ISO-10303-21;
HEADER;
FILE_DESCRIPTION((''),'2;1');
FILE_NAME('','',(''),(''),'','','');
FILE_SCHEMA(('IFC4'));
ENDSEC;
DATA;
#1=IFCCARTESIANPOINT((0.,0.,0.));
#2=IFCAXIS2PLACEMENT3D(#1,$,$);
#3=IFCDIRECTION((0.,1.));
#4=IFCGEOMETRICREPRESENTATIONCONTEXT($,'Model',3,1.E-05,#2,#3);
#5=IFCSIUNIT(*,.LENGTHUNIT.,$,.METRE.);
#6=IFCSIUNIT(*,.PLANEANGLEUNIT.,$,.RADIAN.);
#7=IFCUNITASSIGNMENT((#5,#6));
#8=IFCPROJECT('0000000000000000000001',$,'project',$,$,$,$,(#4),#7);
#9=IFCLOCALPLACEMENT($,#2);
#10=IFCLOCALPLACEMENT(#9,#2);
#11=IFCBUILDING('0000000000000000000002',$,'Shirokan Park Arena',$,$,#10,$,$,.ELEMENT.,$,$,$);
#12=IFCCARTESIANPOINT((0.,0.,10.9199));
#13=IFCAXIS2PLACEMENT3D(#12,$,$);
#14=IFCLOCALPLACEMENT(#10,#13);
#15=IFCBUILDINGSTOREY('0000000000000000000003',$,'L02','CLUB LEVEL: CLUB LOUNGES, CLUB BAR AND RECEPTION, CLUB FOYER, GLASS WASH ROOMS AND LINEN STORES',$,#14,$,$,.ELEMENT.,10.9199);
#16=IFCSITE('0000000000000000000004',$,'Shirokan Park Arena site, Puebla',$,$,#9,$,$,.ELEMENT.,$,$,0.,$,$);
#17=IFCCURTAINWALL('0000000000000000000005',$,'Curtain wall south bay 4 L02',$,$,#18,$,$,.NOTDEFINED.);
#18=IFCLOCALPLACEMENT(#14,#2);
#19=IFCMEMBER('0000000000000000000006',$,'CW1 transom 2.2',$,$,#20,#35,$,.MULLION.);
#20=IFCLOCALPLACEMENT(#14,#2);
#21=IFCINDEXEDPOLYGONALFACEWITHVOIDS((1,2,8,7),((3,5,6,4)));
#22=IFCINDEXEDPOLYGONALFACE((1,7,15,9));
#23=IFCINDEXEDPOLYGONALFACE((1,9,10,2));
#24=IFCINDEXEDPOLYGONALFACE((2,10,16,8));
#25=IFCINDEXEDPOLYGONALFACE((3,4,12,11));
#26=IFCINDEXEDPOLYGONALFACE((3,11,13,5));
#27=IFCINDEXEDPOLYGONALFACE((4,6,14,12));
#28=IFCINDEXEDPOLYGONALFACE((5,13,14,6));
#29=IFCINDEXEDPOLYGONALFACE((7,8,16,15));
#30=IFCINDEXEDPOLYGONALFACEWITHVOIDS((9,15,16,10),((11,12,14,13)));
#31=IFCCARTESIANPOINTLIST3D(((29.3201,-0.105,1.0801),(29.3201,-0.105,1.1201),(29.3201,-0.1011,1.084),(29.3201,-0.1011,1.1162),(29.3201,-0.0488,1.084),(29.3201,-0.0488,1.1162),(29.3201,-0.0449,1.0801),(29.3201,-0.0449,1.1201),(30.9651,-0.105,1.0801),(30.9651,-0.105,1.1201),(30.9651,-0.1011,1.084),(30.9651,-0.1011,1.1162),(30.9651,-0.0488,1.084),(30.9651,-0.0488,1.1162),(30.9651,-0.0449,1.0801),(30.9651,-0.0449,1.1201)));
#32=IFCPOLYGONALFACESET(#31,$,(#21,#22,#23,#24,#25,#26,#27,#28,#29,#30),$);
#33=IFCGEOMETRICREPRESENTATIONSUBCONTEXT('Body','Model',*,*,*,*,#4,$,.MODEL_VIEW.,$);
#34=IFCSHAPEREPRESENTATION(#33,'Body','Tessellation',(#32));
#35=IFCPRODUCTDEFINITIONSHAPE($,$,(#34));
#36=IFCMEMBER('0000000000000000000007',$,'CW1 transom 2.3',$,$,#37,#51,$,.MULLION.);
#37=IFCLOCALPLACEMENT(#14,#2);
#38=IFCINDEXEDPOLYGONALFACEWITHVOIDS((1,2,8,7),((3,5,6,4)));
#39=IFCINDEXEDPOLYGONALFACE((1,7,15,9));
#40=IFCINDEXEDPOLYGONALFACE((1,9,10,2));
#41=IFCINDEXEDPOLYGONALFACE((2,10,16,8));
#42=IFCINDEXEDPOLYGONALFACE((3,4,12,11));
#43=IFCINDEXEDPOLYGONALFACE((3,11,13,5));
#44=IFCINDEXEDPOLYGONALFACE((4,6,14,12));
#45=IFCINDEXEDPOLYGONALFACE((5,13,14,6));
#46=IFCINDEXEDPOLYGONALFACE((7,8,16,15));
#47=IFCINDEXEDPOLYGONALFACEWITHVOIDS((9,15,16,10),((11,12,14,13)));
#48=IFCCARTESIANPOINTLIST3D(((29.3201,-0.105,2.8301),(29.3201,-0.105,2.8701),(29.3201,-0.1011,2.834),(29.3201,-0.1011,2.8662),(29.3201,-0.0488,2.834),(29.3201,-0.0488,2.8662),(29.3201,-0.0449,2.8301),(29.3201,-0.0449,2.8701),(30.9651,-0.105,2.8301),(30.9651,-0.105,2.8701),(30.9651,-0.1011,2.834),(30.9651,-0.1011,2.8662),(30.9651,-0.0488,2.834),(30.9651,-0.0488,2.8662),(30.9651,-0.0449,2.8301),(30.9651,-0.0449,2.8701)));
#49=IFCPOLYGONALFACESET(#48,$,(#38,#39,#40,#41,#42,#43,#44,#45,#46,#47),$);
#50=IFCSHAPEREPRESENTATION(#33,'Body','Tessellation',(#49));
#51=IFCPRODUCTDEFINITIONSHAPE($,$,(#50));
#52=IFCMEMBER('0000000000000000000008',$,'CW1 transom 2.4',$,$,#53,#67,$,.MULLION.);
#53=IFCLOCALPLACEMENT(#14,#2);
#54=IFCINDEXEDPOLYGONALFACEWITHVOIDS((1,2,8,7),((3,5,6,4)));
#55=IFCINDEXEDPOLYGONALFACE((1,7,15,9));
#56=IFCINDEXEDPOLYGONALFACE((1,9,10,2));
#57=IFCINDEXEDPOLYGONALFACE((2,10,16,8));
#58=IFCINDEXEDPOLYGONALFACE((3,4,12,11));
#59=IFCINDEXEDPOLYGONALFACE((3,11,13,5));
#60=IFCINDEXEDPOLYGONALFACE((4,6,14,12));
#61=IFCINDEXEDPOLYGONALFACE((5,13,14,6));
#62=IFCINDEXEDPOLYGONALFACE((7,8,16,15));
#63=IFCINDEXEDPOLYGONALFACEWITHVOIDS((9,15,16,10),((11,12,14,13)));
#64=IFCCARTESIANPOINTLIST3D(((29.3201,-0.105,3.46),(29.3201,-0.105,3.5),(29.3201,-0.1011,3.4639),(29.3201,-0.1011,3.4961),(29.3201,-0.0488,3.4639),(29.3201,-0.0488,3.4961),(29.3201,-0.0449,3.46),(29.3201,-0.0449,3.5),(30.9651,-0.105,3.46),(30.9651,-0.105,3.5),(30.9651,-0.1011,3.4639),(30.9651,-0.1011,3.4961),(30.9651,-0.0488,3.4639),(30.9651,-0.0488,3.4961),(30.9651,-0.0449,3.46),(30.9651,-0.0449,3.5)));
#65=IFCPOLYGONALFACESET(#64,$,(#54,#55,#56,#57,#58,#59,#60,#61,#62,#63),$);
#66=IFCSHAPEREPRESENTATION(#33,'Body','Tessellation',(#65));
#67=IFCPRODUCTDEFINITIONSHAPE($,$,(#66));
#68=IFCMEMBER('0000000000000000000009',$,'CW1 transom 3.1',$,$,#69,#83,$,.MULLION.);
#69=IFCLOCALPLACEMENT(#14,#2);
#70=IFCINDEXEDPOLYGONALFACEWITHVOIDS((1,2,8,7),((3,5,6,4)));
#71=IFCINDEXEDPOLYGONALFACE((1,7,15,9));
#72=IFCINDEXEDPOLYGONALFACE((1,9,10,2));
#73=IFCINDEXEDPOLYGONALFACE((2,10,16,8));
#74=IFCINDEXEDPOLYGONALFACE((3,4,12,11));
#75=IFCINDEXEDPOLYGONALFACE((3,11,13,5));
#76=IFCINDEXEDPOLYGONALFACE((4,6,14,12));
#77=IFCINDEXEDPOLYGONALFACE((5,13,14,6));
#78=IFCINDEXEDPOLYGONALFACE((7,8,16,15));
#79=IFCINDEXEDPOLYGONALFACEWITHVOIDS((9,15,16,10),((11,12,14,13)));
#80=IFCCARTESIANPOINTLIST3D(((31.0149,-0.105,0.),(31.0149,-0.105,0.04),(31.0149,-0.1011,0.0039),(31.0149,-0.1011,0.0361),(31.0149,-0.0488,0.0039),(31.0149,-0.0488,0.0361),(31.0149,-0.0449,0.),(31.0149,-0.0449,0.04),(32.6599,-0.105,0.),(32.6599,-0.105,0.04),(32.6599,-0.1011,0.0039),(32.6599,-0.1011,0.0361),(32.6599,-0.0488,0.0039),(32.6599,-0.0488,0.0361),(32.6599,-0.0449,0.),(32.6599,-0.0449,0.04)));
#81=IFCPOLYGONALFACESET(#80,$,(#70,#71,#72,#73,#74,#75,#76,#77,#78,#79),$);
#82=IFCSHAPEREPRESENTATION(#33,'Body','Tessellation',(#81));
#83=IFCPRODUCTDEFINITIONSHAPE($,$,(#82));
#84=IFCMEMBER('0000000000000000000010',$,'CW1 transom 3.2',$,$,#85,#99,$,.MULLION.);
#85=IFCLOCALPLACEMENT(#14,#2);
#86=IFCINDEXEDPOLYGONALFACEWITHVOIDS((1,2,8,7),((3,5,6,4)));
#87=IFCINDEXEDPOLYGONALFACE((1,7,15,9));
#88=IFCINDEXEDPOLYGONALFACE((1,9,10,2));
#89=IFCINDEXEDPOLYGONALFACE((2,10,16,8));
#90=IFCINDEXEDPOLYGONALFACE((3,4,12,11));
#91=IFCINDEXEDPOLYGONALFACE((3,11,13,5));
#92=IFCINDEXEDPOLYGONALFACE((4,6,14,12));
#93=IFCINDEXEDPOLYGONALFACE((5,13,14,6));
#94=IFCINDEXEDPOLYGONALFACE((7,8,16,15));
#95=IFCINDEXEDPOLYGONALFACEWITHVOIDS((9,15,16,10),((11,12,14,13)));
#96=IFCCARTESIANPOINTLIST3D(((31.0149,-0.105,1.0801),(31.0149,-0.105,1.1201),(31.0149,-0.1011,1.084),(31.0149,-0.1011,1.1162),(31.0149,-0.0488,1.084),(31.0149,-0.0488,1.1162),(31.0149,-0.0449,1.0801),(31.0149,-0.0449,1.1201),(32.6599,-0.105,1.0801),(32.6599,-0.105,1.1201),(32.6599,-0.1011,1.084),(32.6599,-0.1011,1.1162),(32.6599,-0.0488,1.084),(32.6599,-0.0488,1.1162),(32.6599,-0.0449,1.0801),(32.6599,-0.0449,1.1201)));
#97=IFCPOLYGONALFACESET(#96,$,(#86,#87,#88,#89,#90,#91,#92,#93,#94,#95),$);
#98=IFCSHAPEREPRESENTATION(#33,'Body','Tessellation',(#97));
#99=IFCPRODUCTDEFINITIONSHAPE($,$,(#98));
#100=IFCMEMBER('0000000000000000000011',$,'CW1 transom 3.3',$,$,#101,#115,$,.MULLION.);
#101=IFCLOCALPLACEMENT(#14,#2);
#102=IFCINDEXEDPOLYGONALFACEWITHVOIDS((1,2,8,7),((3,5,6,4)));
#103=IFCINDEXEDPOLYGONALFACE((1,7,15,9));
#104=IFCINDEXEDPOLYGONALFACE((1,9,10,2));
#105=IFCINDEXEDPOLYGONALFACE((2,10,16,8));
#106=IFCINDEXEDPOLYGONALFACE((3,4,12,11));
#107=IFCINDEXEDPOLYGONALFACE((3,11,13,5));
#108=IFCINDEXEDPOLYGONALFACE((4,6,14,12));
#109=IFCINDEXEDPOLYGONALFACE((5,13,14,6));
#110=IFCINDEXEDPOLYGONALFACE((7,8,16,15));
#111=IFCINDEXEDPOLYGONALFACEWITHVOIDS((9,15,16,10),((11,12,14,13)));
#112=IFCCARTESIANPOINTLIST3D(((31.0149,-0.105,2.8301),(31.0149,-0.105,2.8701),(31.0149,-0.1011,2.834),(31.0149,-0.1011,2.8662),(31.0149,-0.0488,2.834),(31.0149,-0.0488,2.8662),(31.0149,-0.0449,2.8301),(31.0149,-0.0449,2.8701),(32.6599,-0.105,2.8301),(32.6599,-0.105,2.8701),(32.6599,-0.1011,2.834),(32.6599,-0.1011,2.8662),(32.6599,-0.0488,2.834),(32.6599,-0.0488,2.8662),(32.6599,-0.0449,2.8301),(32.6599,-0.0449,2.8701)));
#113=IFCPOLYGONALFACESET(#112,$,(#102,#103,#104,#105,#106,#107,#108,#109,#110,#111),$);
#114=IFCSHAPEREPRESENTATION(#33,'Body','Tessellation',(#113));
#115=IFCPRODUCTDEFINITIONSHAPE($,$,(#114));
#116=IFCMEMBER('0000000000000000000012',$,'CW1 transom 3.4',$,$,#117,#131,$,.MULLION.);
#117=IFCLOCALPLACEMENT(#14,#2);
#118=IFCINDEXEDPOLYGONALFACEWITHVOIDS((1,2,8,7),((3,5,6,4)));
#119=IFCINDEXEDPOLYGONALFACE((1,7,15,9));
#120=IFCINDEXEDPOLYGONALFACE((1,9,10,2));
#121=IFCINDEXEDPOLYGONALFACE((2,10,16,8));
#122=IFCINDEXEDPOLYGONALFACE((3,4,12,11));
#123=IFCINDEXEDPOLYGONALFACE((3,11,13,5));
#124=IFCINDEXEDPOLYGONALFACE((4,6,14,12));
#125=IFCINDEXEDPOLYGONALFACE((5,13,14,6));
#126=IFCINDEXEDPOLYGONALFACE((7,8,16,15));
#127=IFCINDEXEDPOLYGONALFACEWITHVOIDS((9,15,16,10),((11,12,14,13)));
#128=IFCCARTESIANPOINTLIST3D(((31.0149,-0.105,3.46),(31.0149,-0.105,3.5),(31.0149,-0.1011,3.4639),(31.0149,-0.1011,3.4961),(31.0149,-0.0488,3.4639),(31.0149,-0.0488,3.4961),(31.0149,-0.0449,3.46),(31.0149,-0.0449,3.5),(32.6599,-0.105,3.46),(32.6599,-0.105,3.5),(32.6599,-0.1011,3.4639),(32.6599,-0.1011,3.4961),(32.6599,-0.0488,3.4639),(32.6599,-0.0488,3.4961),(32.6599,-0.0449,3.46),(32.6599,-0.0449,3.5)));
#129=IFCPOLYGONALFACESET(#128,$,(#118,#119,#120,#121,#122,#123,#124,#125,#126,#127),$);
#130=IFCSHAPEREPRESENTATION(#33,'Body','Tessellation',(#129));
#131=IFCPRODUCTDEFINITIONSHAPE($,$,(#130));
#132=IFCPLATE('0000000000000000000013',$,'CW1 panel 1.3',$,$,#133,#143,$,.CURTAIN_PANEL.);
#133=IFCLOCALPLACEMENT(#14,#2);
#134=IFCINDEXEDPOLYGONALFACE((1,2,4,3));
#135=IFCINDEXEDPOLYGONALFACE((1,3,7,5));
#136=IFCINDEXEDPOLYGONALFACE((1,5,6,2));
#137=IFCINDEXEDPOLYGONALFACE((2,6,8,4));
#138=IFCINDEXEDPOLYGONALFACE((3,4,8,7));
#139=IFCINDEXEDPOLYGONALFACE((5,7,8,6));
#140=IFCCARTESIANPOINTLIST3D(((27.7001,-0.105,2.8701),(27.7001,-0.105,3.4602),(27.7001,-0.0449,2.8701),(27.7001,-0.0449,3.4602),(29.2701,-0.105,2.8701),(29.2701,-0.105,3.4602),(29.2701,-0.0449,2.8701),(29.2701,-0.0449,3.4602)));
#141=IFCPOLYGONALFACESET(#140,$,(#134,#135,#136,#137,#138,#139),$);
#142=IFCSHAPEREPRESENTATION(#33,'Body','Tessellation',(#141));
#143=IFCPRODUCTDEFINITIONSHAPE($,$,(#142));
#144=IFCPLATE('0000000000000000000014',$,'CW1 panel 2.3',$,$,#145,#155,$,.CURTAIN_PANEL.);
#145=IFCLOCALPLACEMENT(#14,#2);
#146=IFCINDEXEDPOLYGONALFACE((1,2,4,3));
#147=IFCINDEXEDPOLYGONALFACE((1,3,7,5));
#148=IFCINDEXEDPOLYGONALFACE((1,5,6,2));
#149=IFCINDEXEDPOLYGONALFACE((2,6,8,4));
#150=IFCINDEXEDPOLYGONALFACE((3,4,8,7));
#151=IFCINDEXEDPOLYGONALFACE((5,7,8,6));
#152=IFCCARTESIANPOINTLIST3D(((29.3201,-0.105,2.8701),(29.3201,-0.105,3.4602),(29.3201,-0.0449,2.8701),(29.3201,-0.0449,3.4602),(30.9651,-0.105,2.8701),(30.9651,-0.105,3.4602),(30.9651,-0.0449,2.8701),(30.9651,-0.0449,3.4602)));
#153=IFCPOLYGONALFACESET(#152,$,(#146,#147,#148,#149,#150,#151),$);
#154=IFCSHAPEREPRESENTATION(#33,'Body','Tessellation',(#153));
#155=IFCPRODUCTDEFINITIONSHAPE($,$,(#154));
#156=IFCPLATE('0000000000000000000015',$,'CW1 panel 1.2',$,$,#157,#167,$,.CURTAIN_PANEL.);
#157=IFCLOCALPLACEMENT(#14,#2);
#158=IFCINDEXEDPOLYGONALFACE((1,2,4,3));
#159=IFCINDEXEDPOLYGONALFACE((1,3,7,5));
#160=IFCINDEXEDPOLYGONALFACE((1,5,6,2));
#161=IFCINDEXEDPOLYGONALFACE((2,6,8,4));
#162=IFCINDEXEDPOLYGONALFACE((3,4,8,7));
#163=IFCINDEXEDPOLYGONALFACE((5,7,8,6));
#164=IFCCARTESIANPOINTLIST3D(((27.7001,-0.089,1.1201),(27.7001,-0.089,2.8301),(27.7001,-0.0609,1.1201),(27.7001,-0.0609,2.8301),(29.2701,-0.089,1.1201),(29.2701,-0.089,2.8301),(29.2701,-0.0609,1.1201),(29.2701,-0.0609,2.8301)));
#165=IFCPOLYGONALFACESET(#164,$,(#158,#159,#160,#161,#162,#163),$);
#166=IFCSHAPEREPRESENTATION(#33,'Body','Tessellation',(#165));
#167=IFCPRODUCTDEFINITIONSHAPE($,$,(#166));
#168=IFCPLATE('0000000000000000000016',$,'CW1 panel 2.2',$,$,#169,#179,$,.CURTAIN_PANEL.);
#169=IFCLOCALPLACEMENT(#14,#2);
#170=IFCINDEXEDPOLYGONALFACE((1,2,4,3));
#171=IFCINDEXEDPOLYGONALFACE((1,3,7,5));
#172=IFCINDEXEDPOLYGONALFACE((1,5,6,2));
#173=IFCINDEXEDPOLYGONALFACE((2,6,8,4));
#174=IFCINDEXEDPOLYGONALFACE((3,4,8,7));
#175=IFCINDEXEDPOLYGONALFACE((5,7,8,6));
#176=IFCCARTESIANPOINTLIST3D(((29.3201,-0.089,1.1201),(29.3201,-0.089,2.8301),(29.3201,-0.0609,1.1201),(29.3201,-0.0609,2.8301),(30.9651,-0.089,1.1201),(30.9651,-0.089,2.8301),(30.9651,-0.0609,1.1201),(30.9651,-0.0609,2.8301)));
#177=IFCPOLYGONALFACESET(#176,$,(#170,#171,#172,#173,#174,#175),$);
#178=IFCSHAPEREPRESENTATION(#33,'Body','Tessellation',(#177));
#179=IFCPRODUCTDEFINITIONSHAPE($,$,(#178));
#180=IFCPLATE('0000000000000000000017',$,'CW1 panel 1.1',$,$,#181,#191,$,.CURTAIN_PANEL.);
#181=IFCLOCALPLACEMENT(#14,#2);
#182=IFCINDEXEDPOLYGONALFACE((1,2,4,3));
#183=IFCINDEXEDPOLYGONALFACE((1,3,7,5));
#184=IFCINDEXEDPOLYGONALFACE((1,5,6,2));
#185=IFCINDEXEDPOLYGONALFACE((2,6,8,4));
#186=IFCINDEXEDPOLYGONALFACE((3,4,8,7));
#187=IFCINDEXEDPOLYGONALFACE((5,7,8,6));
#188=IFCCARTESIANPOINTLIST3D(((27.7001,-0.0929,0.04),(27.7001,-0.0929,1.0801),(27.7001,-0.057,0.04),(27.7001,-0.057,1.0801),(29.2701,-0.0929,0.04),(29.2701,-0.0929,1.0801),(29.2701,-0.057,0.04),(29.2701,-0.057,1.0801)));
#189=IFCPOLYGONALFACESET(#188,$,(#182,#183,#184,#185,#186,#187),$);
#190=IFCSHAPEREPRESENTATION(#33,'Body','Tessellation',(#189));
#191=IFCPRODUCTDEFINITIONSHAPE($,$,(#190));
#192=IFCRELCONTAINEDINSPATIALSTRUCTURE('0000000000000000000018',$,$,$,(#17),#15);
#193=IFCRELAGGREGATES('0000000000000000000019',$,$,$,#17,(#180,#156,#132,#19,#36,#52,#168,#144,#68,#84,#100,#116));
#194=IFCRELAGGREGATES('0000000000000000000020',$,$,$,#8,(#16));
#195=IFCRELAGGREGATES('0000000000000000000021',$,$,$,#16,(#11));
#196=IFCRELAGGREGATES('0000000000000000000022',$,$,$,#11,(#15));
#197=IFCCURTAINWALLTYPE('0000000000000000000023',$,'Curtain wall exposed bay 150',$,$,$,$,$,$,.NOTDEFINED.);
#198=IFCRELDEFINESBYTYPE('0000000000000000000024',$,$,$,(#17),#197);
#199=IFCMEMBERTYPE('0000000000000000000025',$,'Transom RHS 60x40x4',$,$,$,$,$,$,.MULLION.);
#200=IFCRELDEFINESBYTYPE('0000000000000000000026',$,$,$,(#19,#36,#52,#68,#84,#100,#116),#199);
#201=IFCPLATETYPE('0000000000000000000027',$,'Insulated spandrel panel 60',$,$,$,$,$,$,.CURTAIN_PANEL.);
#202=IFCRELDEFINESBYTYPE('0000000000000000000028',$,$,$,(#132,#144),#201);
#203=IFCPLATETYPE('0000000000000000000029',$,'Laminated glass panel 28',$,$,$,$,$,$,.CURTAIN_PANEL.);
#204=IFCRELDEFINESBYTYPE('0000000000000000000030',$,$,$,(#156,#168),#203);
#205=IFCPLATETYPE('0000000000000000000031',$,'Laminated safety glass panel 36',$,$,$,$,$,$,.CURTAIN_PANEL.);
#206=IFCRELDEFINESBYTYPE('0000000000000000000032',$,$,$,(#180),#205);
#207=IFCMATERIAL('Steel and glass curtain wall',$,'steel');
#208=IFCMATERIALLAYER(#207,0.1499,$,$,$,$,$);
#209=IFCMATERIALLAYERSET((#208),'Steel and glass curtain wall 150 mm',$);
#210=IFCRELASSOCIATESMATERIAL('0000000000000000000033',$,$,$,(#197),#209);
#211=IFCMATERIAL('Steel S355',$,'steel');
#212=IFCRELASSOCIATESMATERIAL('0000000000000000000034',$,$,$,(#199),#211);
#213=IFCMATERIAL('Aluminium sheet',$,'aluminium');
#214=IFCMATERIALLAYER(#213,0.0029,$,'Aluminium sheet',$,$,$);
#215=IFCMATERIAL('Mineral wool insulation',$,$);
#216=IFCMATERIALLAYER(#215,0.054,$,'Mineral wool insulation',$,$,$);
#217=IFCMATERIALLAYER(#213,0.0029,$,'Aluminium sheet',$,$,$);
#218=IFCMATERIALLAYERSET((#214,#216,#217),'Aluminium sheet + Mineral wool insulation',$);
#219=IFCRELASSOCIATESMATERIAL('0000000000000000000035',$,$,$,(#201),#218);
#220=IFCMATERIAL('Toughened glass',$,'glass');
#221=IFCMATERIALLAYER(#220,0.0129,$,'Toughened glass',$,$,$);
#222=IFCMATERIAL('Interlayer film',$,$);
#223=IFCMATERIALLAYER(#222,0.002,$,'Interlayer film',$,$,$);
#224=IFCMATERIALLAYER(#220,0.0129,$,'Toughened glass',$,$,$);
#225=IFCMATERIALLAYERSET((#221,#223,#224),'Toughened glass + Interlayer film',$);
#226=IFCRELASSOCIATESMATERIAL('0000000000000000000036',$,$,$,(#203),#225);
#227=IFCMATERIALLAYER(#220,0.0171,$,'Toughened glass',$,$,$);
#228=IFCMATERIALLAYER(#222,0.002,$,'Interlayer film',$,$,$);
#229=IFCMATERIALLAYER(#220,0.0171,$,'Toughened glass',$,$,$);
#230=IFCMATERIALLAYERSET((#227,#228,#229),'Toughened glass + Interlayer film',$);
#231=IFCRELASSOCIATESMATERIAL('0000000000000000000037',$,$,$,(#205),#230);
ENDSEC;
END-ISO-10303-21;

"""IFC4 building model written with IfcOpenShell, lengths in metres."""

from ifc_helpers import new_model, si_unit, direction, frame, origin, origin_2d, place, context, subcontext, project, spatial, rectangle, hollow_rectangle, extrude, material, layer, layer_set, material_profile, profile_set, type_object, element, aggregate, save


model = new_model("IFC4")

# Units and contexts
model_context = context("Model", 3, precision=1e-05, world=origin(), true_north=direction((0.0, 1.0)))
body_context = subcontext(model_context, "Body", "Model", "MODEL_VIEW")
ifc_project = project(units=[si_unit("LENGTHUNIT", "METRE"), si_unit("PLANEANGLEUNIT", "RADIAN")], contexts=[model_context])

# Site, building, storey
site_placement = place(None, origin())
site = spatial("IfcSite", under=ifc_project, at=site_placement, Name="Shirokan Park Arena site, Puebla", CompositionType="ELEMENT", RefElevation=0.0)
building_placement = place(site_placement, origin())
building = spatial("IfcBuilding", under=site, at=building_placement, Name="Shirokan Park Arena", CompositionType="ELEMENT")
storey_placement = place(building_placement, frame((0.0, 0.0, 10.9199)))
storey = spatial("IfcBuildingStorey", under=building, at=storey_placement, Name="L02", Description="CLUB LEVEL: CLUB LOUNGES, CLUB BAR AND RECEPTION, CLUB FOYER, GLASS WASH ROOMS AND LINEN STORES", CompositionType="ELEMENT", Elevation=10.9199)

# Curtain wall
ifc_material_1 = material(Name="Steel and glass curtain wall", Category="steel")
ifc_layer_1 = layer(ifc_material_1, 0.1499)
ifc_layer_set_1 = layer_set([ifc_layer_1], Name="Steel and glass curtain wall 150 mm")
curtain_wall_type = type_object("IfcCurtainWallType", Name="Curtain wall exposed bay 150", PredefinedType="NOTDEFINED", material=ifc_layer_set_1)
curtain_wall_placement = place(storey_placement, origin())
curtain_wall = element("IfcCurtainWall", 1, at=curtain_wall_placement, inside=storey, type_object=curtain_wall_type, Name="Curtain wall south bay 4 L02", PredefinedType="NOTDEFINED")
ifc_material_2 = material(Name="Steel S355", Category="steel")

# Members
ifc_material_profile_1 = material_profile(ifc_material_2, hollow_rectangle(XDim=0.0601, YDim=0.04, WallThickness=0.0039, at=origin_2d()), Name="RHS 60x40x4")
ifc_profile_set_1 = profile_set([ifc_material_profile_1], Name="Steel S355")
member_type_1 = type_object("IfcMemberType", Name="Transom RHS 60x40x4", PredefinedType="MULLION", material=ifc_profile_set_1)
member_1_placement = place(storey_placement, frame((29.3201, -0.075, 1.1001), z_axis=(1.0, 0.0, 0.0), x_axis=(0.0, 1.0, 0.0)))
member_1 = element("IfcMember", 2, at=member_1_placement, type_object=member_type_1, Name="CW1 transom 2.2", PredefinedType="MULLION", context=body_context, shape_type="SweptSolid", body=[
    extrude(hollow_rectangle(XDim=0.0601, YDim=0.04, WallThickness=0.0039, at=origin_2d()), origin(), (0.0, 0.0, 1.0), 1.645),
])
member_2_placement = place(storey_placement, frame((29.3201, -0.075, 2.8501), z_axis=(1.0, 0.0, 0.0), x_axis=(0.0, 1.0, 0.0)))
member_2 = element("IfcMember", 3, at=member_2_placement, type_object=member_type_1, Name="CW1 transom 2.3", PredefinedType="MULLION", context=body_context, shape_type="SweptSolid", body=[
    extrude(hollow_rectangle(XDim=0.0601, YDim=0.04, WallThickness=0.0039, at=origin_2d()), origin(), (0.0, 0.0, 1.0), 1.645),
])
member_3_placement = place(storey_placement, frame((29.3201, -0.075, 3.48), z_axis=(1.0, 0.0, 0.0), x_axis=(0.0, 1.0, 0.0)))
member_3 = element("IfcMember", 4, at=member_3_placement, type_object=member_type_1, Name="CW1 transom 2.4", PredefinedType="MULLION", context=body_context, shape_type="SweptSolid", body=[
    extrude(hollow_rectangle(XDim=0.0601, YDim=0.04, WallThickness=0.0039, at=origin_2d()), origin(), (0.0, 0.0, 1.0), 1.645),
])
member_4_placement = place(storey_placement, frame((31.0149, -0.075, 0.02), z_axis=(1.0, 0.0, 0.0), x_axis=(0.0, 1.0, 0.0)))
member_4 = element("IfcMember", 5, at=member_4_placement, type_object=member_type_1, Name="CW1 transom 3.1", PredefinedType="MULLION", context=body_context, shape_type="SweptSolid", body=[
    extrude(hollow_rectangle(XDim=0.0601, YDim=0.04, WallThickness=0.0039, at=origin_2d()), origin(), (0.0, 0.0, 1.0), 1.645),
])
member_5_placement = place(storey_placement, frame((31.0149, -0.075, 1.1001), z_axis=(1.0, 0.0, 0.0), x_axis=(0.0, 1.0, 0.0)))
member_5 = element("IfcMember", 6, at=member_5_placement, type_object=member_type_1, Name="CW1 transom 3.2", PredefinedType="MULLION", context=body_context, shape_type="SweptSolid", body=[
    extrude(hollow_rectangle(XDim=0.0601, YDim=0.04, WallThickness=0.0039, at=origin_2d()), origin(), (0.0, 0.0, 1.0), 1.645),
])
member_6_placement = place(storey_placement, frame((31.0149, -0.075, 2.8501), z_axis=(1.0, 0.0, 0.0), x_axis=(0.0, 1.0, 0.0)))
member_6 = element("IfcMember", 7, at=member_6_placement, type_object=member_type_1, Name="CW1 transom 3.3", PredefinedType="MULLION", context=body_context, shape_type="SweptSolid", body=[
    extrude(hollow_rectangle(XDim=0.0601, YDim=0.04, WallThickness=0.0039, at=origin_2d()), origin(), (0.0, 0.0, 1.0), 1.645),
])
member_7_placement = place(storey_placement, frame((31.0149, -0.075, 3.48), z_axis=(1.0, 0.0, 0.0), x_axis=(0.0, 1.0, 0.0)))
member_7 = element("IfcMember", 8, at=member_7_placement, type_object=member_type_1, Name="CW1 transom 3.4", PredefinedType="MULLION", context=body_context, shape_type="SweptSolid", body=[
    extrude(hollow_rectangle(XDim=0.0601, YDim=0.04, WallThickness=0.0039, at=origin_2d()), origin(), (0.0, 0.0, 1.0), 1.645),
])

# Plates
ifc_material_3 = material(Name="Aluminium sheet", Category="aluminium")
ifc_layer_2 = layer(ifc_material_3, 0.0029, Name="Aluminium sheet")
ifc_material_4 = material(Name="Mineral wool insulation")
ifc_layer_3 = layer(ifc_material_4, 0.054, Name="Mineral wool insulation")
ifc_layer_4 = layer(ifc_material_3, 0.0029, Name="Aluminium sheet")
ifc_layer_set_2 = layer_set([ifc_layer_2, ifc_layer_3, ifc_layer_4], Name="Aluminium sheet + Mineral wool insulation")
plate_type_1 = type_object("IfcPlateType", Name="Insulated spandrel panel 60", PredefinedType="CURTAIN_PANEL", material=ifc_layer_set_2)
plate_1_placement = place(storey_placement, frame((28.4851, -0.075, 2.8701), z_axis=(0.0, 0.0, 1.0), x_axis=(1.0, 0.0, 0.0)))
plate_1 = element("IfcPlate", 9, at=plate_1_placement, type_object=plate_type_1, Name="CW1 panel 1.3", PredefinedType="CURTAIN_PANEL", context=body_context, shape_type="SweptSolid", body=[
    extrude(rectangle(XDim=1.5701, YDim=0.0601, at=origin_2d()), origin(), (0.0, 0.0, 1.0), 0.5901),
])
plate_2_placement = place(storey_placement, frame((30.1426, -0.075, 2.8701), z_axis=(0.0, 0.0, 1.0), x_axis=(1.0, 0.0, 0.0)))
plate_2 = element("IfcPlate", 10, at=plate_2_placement, type_object=plate_type_1, Name="CW1 panel 2.3", PredefinedType="CURTAIN_PANEL", context=body_context, shape_type="SweptSolid", body=[
    extrude(rectangle(XDim=1.645, YDim=0.0601, at=origin_2d()), origin(), (0.0, 0.0, 1.0), 0.5901),
])
ifc_material_5 = material(Name="Toughened glass", Category="glass")
ifc_layer_5 = layer(ifc_material_5, 0.0129, Name="Toughened glass")
ifc_material_6 = material(Name="Interlayer film")
ifc_layer_6 = layer(ifc_material_6, 0.002, Name="Interlayer film")
ifc_layer_7 = layer(ifc_material_5, 0.0129, Name="Toughened glass")
ifc_layer_set_3 = layer_set([ifc_layer_5, ifc_layer_6, ifc_layer_7], Name="Toughened glass + Interlayer film")
plate_type_2 = type_object("IfcPlateType", Name="Laminated glass panel 28", PredefinedType="CURTAIN_PANEL", material=ifc_layer_set_3)
plate_3_placement = place(storey_placement, frame((28.4851, -0.075, 1.1201), z_axis=(0.0, 0.0, 1.0), x_axis=(1.0, 0.0, 0.0)))
plate_3 = element("IfcPlate", 11, at=plate_3_placement, type_object=plate_type_2, Name="CW1 panel 1.2", PredefinedType="CURTAIN_PANEL", context=body_context, shape_type="SweptSolid", body=[
    extrude(rectangle(XDim=1.5701, YDim=0.0281, at=origin_2d()), origin(), (0.0, 0.0, 1.0), 1.71),
])
plate_4_placement = place(storey_placement, frame((30.1426, -0.075, 1.1201), z_axis=(0.0, 0.0, 1.0), x_axis=(1.0, 0.0, 0.0)))
plate_4 = element("IfcPlate", 12, at=plate_4_placement, type_object=plate_type_2, Name="CW1 panel 2.2", PredefinedType="CURTAIN_PANEL", context=body_context, shape_type="SweptSolid", body=[
    extrude(rectangle(XDim=1.645, YDim=0.0281, at=origin_2d()), origin(), (0.0, 0.0, 1.0), 1.71),
])
ifc_layer_8 = layer(ifc_material_5, 0.0171, Name="Toughened glass")
ifc_layer_9 = layer(ifc_material_6, 0.002, Name="Interlayer film")
ifc_layer_10 = layer(ifc_material_5, 0.0171, Name="Toughened glass")
ifc_layer_set_4 = layer_set([ifc_layer_8, ifc_layer_9, ifc_layer_10], Name="Toughened glass + Interlayer film")
plate_type_3 = type_object("IfcPlateType", Name="Laminated safety glass panel 36", PredefinedType="CURTAIN_PANEL", material=ifc_layer_set_4)
plate_5_placement = place(storey_placement, frame((28.4851, -0.075, 0.04), z_axis=(0.0, 0.0, 1.0), x_axis=(1.0, 0.0, 0.0)))
plate_5 = element("IfcPlate", 13, at=plate_5_placement, type_object=plate_type_3, Name="CW1 panel 1.1", PredefinedType="CURTAIN_PANEL", context=body_context, shape_type="SweptSolid", body=[
    extrude(rectangle(XDim=1.5701, YDim=0.0359, at=origin_2d()), origin(), (0.0, 0.0, 1.0), 1.04),
])
aggregate(curtain_wall, [plate_5, plate_3, plate_1, member_1, member_2, member_3, plate_4, plate_2, member_4, member_5, member_6, member_7])

save(model, "model.ifc")
